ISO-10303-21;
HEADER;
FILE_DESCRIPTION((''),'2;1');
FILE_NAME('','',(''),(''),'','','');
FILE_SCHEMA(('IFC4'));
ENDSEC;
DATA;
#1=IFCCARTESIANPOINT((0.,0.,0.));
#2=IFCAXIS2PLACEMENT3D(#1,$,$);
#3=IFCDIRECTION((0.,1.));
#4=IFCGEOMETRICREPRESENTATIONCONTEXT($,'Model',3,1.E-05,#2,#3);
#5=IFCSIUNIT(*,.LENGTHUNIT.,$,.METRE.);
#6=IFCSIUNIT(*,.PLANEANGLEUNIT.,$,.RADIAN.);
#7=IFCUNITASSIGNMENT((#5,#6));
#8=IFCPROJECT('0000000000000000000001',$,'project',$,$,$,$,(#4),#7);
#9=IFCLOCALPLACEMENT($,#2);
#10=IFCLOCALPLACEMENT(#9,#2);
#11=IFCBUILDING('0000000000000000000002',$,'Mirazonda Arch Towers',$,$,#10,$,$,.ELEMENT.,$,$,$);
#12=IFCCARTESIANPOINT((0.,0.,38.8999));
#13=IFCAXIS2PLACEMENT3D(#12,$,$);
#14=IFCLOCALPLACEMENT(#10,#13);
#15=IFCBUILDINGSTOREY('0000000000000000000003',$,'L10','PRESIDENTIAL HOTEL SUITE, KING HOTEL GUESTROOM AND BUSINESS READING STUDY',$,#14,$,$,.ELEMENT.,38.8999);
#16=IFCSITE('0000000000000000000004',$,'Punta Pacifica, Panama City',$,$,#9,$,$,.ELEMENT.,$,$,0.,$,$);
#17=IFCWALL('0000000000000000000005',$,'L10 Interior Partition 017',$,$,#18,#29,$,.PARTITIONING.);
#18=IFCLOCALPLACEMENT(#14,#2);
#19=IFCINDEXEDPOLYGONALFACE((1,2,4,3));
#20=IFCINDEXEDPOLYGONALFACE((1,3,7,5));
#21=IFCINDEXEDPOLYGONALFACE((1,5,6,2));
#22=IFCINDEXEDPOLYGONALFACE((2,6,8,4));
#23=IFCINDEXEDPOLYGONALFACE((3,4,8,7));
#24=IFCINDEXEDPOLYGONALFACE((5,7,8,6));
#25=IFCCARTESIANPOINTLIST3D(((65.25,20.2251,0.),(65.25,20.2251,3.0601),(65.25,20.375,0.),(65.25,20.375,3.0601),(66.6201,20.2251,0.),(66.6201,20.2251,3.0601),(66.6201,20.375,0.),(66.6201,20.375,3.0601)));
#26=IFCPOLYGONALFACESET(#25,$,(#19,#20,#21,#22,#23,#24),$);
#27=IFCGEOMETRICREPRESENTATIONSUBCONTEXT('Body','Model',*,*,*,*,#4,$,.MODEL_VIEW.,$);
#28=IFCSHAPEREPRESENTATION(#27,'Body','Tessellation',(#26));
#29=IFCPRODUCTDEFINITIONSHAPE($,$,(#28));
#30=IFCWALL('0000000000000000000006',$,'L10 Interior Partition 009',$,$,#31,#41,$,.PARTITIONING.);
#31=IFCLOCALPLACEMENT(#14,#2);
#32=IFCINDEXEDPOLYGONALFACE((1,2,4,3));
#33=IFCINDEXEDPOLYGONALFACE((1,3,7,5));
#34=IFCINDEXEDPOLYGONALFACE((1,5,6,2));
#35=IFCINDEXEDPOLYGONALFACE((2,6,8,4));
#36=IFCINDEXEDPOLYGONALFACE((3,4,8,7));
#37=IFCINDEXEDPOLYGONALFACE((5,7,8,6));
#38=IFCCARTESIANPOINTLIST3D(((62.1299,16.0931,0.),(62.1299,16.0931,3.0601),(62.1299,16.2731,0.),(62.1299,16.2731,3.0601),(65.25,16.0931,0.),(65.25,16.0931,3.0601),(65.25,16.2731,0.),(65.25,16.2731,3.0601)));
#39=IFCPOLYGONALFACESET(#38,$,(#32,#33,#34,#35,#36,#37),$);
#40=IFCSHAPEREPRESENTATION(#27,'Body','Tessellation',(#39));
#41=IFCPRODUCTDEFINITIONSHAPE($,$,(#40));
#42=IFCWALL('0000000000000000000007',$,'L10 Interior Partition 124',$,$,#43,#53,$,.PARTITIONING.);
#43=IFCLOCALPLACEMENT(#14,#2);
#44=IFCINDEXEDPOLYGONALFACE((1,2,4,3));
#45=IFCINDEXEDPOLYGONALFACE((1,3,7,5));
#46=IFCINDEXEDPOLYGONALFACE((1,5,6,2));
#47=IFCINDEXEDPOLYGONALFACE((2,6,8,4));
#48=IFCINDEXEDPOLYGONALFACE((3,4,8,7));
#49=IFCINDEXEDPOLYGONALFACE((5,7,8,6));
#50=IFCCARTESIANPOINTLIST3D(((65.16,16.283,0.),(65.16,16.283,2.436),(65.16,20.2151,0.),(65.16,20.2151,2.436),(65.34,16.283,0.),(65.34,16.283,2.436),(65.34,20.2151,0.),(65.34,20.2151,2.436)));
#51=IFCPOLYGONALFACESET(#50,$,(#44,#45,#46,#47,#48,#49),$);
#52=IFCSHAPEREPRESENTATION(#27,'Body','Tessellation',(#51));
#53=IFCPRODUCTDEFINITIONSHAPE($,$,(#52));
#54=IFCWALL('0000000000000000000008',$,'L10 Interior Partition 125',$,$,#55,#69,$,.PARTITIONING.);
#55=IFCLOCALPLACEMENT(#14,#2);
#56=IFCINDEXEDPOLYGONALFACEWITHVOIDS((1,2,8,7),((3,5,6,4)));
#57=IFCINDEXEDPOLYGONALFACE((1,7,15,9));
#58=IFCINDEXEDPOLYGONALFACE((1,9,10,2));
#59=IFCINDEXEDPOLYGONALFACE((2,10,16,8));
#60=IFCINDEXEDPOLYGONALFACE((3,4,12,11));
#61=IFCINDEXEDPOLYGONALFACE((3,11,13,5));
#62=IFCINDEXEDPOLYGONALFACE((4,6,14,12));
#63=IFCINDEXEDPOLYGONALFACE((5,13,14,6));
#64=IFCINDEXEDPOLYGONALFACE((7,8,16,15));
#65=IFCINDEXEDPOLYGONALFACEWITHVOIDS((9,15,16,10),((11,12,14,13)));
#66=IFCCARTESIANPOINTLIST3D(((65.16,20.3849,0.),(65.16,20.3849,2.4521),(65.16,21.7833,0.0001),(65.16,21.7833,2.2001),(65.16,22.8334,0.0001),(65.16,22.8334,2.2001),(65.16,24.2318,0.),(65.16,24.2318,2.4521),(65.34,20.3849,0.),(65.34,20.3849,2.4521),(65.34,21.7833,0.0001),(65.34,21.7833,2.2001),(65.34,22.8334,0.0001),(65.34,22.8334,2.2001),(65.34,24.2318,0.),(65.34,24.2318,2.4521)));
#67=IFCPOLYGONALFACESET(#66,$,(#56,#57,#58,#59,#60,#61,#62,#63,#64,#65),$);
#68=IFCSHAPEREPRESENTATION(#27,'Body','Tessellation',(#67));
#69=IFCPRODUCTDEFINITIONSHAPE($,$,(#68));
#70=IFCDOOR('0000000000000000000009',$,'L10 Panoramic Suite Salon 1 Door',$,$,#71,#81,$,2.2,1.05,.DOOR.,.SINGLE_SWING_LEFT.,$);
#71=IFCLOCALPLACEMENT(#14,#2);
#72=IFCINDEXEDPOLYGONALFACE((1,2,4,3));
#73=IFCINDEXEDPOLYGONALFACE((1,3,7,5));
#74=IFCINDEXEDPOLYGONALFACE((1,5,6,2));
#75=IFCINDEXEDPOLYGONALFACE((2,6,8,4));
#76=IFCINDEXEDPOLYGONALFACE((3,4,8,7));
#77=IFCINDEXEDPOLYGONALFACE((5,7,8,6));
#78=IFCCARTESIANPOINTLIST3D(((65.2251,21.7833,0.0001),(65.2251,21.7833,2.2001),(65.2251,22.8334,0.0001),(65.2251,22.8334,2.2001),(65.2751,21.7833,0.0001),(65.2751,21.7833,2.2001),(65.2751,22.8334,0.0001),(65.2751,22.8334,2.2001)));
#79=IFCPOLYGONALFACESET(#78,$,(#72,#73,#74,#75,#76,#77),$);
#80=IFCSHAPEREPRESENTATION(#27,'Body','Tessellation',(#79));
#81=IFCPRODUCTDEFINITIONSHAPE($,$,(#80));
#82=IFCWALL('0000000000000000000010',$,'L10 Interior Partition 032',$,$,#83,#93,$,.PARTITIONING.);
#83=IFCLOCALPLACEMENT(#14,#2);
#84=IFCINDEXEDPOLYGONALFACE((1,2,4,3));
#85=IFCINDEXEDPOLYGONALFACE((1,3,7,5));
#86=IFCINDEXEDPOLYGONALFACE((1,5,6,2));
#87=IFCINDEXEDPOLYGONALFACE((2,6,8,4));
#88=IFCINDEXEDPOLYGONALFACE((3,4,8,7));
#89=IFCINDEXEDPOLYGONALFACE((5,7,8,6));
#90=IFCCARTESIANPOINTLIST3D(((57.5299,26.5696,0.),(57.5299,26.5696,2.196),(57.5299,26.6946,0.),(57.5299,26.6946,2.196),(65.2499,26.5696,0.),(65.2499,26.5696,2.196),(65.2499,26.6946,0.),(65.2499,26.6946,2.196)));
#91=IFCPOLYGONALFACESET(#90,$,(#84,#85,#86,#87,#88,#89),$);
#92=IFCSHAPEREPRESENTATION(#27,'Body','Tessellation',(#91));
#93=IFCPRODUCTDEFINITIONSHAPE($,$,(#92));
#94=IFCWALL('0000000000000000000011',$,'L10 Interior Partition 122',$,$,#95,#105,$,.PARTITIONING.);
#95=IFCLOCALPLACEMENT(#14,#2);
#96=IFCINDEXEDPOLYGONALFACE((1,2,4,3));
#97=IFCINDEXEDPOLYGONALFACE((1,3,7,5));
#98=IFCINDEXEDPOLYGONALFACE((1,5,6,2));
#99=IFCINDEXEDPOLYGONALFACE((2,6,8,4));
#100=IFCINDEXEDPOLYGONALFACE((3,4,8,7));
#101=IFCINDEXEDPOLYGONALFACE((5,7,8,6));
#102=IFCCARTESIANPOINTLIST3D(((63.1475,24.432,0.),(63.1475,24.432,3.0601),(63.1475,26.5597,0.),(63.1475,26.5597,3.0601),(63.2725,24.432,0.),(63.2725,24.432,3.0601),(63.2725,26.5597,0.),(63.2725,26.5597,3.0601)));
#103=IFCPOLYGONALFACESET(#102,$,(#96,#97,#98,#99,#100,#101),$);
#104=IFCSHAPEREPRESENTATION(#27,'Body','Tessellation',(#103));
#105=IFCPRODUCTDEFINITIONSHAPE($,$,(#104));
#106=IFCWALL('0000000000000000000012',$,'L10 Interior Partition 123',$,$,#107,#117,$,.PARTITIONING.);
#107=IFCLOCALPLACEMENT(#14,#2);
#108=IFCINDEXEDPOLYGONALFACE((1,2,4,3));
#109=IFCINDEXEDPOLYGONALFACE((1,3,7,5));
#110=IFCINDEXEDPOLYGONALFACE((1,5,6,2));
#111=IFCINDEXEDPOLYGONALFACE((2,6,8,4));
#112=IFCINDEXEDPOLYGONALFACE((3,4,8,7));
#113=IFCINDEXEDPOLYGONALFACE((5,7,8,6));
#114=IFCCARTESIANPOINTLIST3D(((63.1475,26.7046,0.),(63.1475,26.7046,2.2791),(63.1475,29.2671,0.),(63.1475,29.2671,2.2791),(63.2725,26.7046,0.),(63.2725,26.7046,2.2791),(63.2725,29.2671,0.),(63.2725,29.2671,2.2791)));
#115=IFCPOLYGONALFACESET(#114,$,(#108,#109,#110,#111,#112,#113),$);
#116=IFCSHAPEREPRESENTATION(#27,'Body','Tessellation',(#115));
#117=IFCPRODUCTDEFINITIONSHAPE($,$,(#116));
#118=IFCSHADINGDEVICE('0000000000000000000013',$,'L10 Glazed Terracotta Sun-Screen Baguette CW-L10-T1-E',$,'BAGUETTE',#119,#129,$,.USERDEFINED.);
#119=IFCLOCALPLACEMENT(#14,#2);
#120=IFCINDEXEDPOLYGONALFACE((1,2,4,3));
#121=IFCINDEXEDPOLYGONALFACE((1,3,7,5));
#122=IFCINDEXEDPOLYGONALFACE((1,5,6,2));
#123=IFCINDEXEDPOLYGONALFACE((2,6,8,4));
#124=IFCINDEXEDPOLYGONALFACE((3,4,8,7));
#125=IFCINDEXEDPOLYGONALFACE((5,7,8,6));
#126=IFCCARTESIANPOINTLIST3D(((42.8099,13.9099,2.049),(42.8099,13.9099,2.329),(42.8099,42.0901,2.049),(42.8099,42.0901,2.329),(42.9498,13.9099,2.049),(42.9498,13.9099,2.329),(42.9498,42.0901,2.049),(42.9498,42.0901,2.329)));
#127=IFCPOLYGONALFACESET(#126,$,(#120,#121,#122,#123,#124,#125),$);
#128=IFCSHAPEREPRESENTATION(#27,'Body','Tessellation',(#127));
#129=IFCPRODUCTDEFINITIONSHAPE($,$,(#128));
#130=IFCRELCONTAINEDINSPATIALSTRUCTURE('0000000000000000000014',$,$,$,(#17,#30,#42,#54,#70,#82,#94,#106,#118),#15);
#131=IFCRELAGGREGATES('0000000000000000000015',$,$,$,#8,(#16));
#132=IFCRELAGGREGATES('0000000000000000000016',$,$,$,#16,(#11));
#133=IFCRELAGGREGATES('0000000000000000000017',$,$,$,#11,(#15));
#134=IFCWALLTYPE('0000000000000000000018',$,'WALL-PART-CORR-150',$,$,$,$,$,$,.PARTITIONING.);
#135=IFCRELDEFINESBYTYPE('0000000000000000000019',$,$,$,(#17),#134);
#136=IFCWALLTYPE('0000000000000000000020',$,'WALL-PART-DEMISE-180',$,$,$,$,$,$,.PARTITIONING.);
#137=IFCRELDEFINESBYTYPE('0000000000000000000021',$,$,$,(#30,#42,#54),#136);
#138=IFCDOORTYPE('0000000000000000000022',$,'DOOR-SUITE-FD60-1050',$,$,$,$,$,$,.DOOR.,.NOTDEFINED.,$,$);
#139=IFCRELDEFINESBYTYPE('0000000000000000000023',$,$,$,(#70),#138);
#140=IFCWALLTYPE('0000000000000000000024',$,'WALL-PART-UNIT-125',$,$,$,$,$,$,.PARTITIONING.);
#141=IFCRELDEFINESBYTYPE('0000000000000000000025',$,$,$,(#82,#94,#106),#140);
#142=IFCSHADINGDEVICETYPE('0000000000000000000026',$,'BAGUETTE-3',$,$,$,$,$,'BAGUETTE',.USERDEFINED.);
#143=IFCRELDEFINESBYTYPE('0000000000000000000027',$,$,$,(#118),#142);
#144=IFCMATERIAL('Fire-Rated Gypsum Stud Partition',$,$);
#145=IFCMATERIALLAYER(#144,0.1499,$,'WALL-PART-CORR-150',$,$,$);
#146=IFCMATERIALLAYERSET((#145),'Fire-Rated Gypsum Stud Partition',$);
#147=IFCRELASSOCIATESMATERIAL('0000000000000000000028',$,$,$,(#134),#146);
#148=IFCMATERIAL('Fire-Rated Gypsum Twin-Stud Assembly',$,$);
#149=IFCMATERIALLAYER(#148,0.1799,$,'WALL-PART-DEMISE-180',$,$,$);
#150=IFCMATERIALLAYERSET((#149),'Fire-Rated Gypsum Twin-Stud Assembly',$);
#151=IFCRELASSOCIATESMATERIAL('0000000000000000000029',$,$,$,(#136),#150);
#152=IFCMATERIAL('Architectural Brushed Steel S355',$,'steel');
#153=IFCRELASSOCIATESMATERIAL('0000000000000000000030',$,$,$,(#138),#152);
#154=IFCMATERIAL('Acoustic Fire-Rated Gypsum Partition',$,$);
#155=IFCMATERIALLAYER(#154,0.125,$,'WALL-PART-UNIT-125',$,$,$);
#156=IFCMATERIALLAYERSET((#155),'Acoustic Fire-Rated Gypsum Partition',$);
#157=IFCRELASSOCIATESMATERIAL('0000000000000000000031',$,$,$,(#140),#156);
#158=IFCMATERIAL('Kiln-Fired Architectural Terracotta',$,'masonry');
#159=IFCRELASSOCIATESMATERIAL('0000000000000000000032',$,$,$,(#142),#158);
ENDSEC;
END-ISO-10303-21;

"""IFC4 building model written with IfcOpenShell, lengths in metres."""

from ifc_helpers import new_model, si_unit, direction, frame, frame_2d, origin, origin_2d, place, context, subcontext, project, spatial, rectangle, extrude, material, layer, layer_set, material_profile, profile_set, type_object, element, fill, save


model = new_model("IFC4")

# Units and contexts
model_context = context("Model", 3, precision=1e-05, world=origin(), true_north=direction((0.0, 1.0)))
body_context = subcontext(model_context, "Body", "Model", "MODEL_VIEW")
ifc_project = project(units=[si_unit("LENGTHUNIT", "METRE"), si_unit("PLANEANGLEUNIT", "RADIAN")], contexts=[model_context])

# Site, building, storey
site_placement = place(None, origin())
site = spatial("IfcSite", under=ifc_project, at=site_placement, Name="Punta Pacifica, Panama City", CompositionType="ELEMENT", RefElevation=0.0)
building_placement = place(site_placement, origin())
building = spatial("IfcBuilding", under=site, at=building_placement, Name="Mirazonda Arch Towers", CompositionType="ELEMENT")
storey_placement = place(building_placement, frame((0.0, 0.0, 38.8999)))
storey = spatial("IfcBuildingStorey", under=building, at=storey_placement, Name="L10", Description="PRESIDENTIAL HOTEL SUITE, KING HOTEL GUESTROOM AND BUSINESS READING STUDY", CompositionType="ELEMENT", Elevation=38.8999)

# Walls
ifc_material_1 = material(Name="Fire-Rated Gypsum Stud Partition")
ifc_layer_1 = layer(ifc_material_1, 0.1499, Name="WALL-PART-CORR-150")
ifc_layer_set_1 = layer_set([ifc_layer_1], Name="Fire-Rated Gypsum Stud Partition")
wall_type_1 = type_object("IfcWallType", Name="WALL-PART-CORR-150", PredefinedType="PARTITIONING", material=ifc_layer_set_1)
wall_1_placement = place(storey_placement, frame((65.25, 20.3, 0.0), z_axis=(0.0, 0.0, 1.0), x_axis=(1.0, 0.0, 0.0)))
element("IfcWall", 1, at=wall_1_placement, inside=storey, type_object=wall_type_1, Name="L10 Interior Partition 017", PredefinedType="PARTITIONING", context=body_context, shape_type="SweptSolid", body=[
    extrude(rectangle(XDim=1.3701, YDim=0.1499, at=frame_2d((0.6851, 0.0))), origin(), (0.0, 0.0, 1.0), 3.0601),
])
ifc_material_2 = material(Name="Fire-Rated Gypsum Twin-Stud Assembly")
ifc_layer_2 = layer(ifc_material_2, 0.1799, Name="WALL-PART-DEMISE-180")
ifc_layer_set_2 = layer_set([ifc_layer_2], Name="Fire-Rated Gypsum Twin-Stud Assembly")
wall_type_2 = type_object("IfcWallType", Name="WALL-PART-DEMISE-180", PredefinedType="PARTITIONING", material=ifc_layer_set_2)
wall_2_placement = place(storey_placement, frame((62.1299, 16.1831, 0.0), z_axis=(0.0, 0.0, 1.0), x_axis=(1.0, 0.0, 0.0)))
element("IfcWall", 2, at=wall_2_placement, inside=storey, type_object=wall_type_2, Name="L10 Interior Partition 009", PredefinedType="PARTITIONING", context=body_context, shape_type="SweptSolid", body=[
    extrude(rectangle(XDim=3.1201, YDim=0.1799, at=frame_2d((1.5601, 0.0))), origin(), (0.0, 0.0, 1.0), 3.0601),
])

# Shared definitions
ifc_material_3 = material(Name="Architectural Brushed Steel S355", Category="steel")

# Wall
wall_3_placement = place(storey_placement, frame((65.25, 16.283, 0.0), z_axis=(0.0, 0.0, 1.0), x_axis=(0.0, 1.0, 0.0)))
element("IfcWall", 3, at=wall_3_placement, inside=storey, type_object=wall_type_2, Name="L10 Interior Partition 124", PredefinedType="PARTITIONING", context=body_context, shape_type="SweptSolid", body=[
    extrude(rectangle(XDim=3.9321, YDim=0.1799, at=frame_2d((1.9661, 0.0))), origin(), (0.0, 0.0, 1.0), 2.436),
])

# Wall, opening, door
wall_4_placement = place(storey_placement, frame((65.25, 20.385, 0.0), z_axis=(0.0, 0.0, 1.0), x_axis=(0.0, 1.0, 0.0)))
wall_4 = element("IfcWall", 4, at=wall_4_placement, inside=storey, type_object=wall_type_2, Name="L10 Interior Partition 125", PredefinedType="PARTITIONING", context=body_context, shape_type="SweptSolid", body=[
    extrude(rectangle(XDim=3.8469, YDim=0.1799, at=frame_2d((1.9233, 0.0))), origin(), (0.0, 0.0, 1.0), 2.4521),
])
opening_1_placement = place(wall_4_placement, frame((1.3984, 0.0, 0.0)))
opening_1 = element("IfcOpeningElement", 5, at=opening_1_placement, cuts=wall_4, PredefinedType="OPENING", context=body_context, shape_type="SweptSolid", body=[
    extrude(rectangle(XDim=1.05, YDim=2.2, at=frame_2d((0.5249, 1.1001))), frame((0.0, 0.0999, 0.0), z_axis=(0.0, -1.0, 0.0), x_axis=(1.0, 0.0, 0.0)), (0.0, 0.0, 1.0), 0.2),
])
door_type_1 = type_object("IfcDoorType", Name="DOOR-SUITE-FD60-1050", OperationType="NOTDEFINED", PredefinedType="DOOR", material=ifc_material_3)
door_1_placement = place(opening_1_placement, origin())
door_1 = element("IfcDoor", 6, at=door_1_placement, inside=storey, type_object=door_type_1, Name="L10 Panoramic Suite Salon 1 Door", OperationType="SINGLE_SWING_LEFT", OverallHeight=2.2, OverallWidth=1.05, PredefinedType="DOOR", context=body_context, shape_type="SweptSolid", body=[
    extrude(rectangle(XDim=1.05, YDim=2.2, at=frame_2d((0.5249, 1.1001))), frame((0.0, 0.0249, 0.0), z_axis=(0.0, -1.0, 0.0), x_axis=(1.0, 0.0, 0.0)), (0.0, 0.0, 1.0), 0.05),
])
fill(opening_1, door_1)

# Walls
ifc_material_4 = material(Name="Acoustic Fire-Rated Gypsum Partition")
ifc_layer_3 = layer(ifc_material_4, 0.125, Name="WALL-PART-UNIT-125")
ifc_layer_set_3 = layer_set([ifc_layer_3], Name="Acoustic Fire-Rated Gypsum Partition")
wall_type_3 = type_object("IfcWallType", Name="WALL-PART-UNIT-125", PredefinedType="PARTITIONING", material=ifc_layer_set_3)
wall_5_placement = place(storey_placement, frame((57.53, 26.6321, 0.0), z_axis=(0.0, 0.0, 1.0), x_axis=(1.0, 0.0, 0.0)))
element("IfcWall", 7, at=wall_5_placement, inside=storey, type_object=wall_type_3, Name="L10 Interior Partition 032", PredefinedType="PARTITIONING", context=body_context, shape_type="SweptSolid", body=[
    extrude(rectangle(XDim=7.72, YDim=0.125, at=frame_2d((3.8599, 0.0))), origin(), (0.0, 0.0, 1.0), 2.196),
])
wall_6_placement = place(storey_placement, frame((63.21, 24.4319, 0.0), z_axis=(0.0, 0.0, 1.0), x_axis=(0.0, 1.0, 0.0)))
element("IfcWall", 8, at=wall_6_placement, inside=storey, type_object=wall_type_3, Name="L10 Interior Partition 122", PredefinedType="PARTITIONING", context=body_context, shape_type="SweptSolid", body=[
    extrude(rectangle(XDim=2.1277, YDim=0.125, at=frame_2d((1.064, 0.0))), origin(), (0.0, 0.0, 1.0), 3.0601),
])
wall_7_placement = place(storey_placement, frame((63.21, 26.7046, 0.0), z_axis=(0.0, 0.0, 1.0), x_axis=(0.0, 1.0, 0.0)))
element("IfcWall", 9, at=wall_7_placement, inside=storey, type_object=wall_type_3, Name="L10 Interior Partition 123", PredefinedType="PARTITIONING", context=body_context, shape_type="SweptSolid", body=[
    extrude(rectangle(XDim=2.5625, YDim=0.125, at=frame_2d((1.2812, 0.0))), origin(), (0.0, 0.0, 1.0), 2.2791),
])

# Shading device
ifc_material_5 = material(Name="Kiln-Fired Architectural Terracotta", Category="masonry")
ifc_material_profile_1 = material_profile(ifc_material_5, rectangle(XDim=0.1399, YDim=0.28, at=origin_2d()), Name="TERRA-BAG-140x280")
ifc_profile_set_1 = profile_set([ifc_material_profile_1], Name="Kiln-Fired Architectural Terracotta")
shading_device_type = type_object("IfcShadingDeviceType", Name="BAGUETTE-3", ElementType="BAGUETTE", PredefinedType="USERDEFINED", material=ifc_profile_set_1)
shading_device_placement = place(storey_placement, frame((42.8799, 13.9099, 2.189), z_axis=(0.0, 1.0, 0.0), x_axis=(-1.0, 0.0, 0.0)))
element("IfcShadingDevice", 10, at=shading_device_placement, inside=storey, type_object=shading_device_type, Name="L10 Glazed Terracotta Sun-Screen Baguette CW-L10-T1-E", ObjectType="BAGUETTE", PredefinedType="USERDEFINED", context=body_context, shape_type="SweptSolid", body=[
    extrude(rectangle(XDim=0.1399, YDim=0.28, at=origin_2d()), origin(), (0.0, 0.0, 1.0), 28.1802),
])

save(model, "model.ifc")
